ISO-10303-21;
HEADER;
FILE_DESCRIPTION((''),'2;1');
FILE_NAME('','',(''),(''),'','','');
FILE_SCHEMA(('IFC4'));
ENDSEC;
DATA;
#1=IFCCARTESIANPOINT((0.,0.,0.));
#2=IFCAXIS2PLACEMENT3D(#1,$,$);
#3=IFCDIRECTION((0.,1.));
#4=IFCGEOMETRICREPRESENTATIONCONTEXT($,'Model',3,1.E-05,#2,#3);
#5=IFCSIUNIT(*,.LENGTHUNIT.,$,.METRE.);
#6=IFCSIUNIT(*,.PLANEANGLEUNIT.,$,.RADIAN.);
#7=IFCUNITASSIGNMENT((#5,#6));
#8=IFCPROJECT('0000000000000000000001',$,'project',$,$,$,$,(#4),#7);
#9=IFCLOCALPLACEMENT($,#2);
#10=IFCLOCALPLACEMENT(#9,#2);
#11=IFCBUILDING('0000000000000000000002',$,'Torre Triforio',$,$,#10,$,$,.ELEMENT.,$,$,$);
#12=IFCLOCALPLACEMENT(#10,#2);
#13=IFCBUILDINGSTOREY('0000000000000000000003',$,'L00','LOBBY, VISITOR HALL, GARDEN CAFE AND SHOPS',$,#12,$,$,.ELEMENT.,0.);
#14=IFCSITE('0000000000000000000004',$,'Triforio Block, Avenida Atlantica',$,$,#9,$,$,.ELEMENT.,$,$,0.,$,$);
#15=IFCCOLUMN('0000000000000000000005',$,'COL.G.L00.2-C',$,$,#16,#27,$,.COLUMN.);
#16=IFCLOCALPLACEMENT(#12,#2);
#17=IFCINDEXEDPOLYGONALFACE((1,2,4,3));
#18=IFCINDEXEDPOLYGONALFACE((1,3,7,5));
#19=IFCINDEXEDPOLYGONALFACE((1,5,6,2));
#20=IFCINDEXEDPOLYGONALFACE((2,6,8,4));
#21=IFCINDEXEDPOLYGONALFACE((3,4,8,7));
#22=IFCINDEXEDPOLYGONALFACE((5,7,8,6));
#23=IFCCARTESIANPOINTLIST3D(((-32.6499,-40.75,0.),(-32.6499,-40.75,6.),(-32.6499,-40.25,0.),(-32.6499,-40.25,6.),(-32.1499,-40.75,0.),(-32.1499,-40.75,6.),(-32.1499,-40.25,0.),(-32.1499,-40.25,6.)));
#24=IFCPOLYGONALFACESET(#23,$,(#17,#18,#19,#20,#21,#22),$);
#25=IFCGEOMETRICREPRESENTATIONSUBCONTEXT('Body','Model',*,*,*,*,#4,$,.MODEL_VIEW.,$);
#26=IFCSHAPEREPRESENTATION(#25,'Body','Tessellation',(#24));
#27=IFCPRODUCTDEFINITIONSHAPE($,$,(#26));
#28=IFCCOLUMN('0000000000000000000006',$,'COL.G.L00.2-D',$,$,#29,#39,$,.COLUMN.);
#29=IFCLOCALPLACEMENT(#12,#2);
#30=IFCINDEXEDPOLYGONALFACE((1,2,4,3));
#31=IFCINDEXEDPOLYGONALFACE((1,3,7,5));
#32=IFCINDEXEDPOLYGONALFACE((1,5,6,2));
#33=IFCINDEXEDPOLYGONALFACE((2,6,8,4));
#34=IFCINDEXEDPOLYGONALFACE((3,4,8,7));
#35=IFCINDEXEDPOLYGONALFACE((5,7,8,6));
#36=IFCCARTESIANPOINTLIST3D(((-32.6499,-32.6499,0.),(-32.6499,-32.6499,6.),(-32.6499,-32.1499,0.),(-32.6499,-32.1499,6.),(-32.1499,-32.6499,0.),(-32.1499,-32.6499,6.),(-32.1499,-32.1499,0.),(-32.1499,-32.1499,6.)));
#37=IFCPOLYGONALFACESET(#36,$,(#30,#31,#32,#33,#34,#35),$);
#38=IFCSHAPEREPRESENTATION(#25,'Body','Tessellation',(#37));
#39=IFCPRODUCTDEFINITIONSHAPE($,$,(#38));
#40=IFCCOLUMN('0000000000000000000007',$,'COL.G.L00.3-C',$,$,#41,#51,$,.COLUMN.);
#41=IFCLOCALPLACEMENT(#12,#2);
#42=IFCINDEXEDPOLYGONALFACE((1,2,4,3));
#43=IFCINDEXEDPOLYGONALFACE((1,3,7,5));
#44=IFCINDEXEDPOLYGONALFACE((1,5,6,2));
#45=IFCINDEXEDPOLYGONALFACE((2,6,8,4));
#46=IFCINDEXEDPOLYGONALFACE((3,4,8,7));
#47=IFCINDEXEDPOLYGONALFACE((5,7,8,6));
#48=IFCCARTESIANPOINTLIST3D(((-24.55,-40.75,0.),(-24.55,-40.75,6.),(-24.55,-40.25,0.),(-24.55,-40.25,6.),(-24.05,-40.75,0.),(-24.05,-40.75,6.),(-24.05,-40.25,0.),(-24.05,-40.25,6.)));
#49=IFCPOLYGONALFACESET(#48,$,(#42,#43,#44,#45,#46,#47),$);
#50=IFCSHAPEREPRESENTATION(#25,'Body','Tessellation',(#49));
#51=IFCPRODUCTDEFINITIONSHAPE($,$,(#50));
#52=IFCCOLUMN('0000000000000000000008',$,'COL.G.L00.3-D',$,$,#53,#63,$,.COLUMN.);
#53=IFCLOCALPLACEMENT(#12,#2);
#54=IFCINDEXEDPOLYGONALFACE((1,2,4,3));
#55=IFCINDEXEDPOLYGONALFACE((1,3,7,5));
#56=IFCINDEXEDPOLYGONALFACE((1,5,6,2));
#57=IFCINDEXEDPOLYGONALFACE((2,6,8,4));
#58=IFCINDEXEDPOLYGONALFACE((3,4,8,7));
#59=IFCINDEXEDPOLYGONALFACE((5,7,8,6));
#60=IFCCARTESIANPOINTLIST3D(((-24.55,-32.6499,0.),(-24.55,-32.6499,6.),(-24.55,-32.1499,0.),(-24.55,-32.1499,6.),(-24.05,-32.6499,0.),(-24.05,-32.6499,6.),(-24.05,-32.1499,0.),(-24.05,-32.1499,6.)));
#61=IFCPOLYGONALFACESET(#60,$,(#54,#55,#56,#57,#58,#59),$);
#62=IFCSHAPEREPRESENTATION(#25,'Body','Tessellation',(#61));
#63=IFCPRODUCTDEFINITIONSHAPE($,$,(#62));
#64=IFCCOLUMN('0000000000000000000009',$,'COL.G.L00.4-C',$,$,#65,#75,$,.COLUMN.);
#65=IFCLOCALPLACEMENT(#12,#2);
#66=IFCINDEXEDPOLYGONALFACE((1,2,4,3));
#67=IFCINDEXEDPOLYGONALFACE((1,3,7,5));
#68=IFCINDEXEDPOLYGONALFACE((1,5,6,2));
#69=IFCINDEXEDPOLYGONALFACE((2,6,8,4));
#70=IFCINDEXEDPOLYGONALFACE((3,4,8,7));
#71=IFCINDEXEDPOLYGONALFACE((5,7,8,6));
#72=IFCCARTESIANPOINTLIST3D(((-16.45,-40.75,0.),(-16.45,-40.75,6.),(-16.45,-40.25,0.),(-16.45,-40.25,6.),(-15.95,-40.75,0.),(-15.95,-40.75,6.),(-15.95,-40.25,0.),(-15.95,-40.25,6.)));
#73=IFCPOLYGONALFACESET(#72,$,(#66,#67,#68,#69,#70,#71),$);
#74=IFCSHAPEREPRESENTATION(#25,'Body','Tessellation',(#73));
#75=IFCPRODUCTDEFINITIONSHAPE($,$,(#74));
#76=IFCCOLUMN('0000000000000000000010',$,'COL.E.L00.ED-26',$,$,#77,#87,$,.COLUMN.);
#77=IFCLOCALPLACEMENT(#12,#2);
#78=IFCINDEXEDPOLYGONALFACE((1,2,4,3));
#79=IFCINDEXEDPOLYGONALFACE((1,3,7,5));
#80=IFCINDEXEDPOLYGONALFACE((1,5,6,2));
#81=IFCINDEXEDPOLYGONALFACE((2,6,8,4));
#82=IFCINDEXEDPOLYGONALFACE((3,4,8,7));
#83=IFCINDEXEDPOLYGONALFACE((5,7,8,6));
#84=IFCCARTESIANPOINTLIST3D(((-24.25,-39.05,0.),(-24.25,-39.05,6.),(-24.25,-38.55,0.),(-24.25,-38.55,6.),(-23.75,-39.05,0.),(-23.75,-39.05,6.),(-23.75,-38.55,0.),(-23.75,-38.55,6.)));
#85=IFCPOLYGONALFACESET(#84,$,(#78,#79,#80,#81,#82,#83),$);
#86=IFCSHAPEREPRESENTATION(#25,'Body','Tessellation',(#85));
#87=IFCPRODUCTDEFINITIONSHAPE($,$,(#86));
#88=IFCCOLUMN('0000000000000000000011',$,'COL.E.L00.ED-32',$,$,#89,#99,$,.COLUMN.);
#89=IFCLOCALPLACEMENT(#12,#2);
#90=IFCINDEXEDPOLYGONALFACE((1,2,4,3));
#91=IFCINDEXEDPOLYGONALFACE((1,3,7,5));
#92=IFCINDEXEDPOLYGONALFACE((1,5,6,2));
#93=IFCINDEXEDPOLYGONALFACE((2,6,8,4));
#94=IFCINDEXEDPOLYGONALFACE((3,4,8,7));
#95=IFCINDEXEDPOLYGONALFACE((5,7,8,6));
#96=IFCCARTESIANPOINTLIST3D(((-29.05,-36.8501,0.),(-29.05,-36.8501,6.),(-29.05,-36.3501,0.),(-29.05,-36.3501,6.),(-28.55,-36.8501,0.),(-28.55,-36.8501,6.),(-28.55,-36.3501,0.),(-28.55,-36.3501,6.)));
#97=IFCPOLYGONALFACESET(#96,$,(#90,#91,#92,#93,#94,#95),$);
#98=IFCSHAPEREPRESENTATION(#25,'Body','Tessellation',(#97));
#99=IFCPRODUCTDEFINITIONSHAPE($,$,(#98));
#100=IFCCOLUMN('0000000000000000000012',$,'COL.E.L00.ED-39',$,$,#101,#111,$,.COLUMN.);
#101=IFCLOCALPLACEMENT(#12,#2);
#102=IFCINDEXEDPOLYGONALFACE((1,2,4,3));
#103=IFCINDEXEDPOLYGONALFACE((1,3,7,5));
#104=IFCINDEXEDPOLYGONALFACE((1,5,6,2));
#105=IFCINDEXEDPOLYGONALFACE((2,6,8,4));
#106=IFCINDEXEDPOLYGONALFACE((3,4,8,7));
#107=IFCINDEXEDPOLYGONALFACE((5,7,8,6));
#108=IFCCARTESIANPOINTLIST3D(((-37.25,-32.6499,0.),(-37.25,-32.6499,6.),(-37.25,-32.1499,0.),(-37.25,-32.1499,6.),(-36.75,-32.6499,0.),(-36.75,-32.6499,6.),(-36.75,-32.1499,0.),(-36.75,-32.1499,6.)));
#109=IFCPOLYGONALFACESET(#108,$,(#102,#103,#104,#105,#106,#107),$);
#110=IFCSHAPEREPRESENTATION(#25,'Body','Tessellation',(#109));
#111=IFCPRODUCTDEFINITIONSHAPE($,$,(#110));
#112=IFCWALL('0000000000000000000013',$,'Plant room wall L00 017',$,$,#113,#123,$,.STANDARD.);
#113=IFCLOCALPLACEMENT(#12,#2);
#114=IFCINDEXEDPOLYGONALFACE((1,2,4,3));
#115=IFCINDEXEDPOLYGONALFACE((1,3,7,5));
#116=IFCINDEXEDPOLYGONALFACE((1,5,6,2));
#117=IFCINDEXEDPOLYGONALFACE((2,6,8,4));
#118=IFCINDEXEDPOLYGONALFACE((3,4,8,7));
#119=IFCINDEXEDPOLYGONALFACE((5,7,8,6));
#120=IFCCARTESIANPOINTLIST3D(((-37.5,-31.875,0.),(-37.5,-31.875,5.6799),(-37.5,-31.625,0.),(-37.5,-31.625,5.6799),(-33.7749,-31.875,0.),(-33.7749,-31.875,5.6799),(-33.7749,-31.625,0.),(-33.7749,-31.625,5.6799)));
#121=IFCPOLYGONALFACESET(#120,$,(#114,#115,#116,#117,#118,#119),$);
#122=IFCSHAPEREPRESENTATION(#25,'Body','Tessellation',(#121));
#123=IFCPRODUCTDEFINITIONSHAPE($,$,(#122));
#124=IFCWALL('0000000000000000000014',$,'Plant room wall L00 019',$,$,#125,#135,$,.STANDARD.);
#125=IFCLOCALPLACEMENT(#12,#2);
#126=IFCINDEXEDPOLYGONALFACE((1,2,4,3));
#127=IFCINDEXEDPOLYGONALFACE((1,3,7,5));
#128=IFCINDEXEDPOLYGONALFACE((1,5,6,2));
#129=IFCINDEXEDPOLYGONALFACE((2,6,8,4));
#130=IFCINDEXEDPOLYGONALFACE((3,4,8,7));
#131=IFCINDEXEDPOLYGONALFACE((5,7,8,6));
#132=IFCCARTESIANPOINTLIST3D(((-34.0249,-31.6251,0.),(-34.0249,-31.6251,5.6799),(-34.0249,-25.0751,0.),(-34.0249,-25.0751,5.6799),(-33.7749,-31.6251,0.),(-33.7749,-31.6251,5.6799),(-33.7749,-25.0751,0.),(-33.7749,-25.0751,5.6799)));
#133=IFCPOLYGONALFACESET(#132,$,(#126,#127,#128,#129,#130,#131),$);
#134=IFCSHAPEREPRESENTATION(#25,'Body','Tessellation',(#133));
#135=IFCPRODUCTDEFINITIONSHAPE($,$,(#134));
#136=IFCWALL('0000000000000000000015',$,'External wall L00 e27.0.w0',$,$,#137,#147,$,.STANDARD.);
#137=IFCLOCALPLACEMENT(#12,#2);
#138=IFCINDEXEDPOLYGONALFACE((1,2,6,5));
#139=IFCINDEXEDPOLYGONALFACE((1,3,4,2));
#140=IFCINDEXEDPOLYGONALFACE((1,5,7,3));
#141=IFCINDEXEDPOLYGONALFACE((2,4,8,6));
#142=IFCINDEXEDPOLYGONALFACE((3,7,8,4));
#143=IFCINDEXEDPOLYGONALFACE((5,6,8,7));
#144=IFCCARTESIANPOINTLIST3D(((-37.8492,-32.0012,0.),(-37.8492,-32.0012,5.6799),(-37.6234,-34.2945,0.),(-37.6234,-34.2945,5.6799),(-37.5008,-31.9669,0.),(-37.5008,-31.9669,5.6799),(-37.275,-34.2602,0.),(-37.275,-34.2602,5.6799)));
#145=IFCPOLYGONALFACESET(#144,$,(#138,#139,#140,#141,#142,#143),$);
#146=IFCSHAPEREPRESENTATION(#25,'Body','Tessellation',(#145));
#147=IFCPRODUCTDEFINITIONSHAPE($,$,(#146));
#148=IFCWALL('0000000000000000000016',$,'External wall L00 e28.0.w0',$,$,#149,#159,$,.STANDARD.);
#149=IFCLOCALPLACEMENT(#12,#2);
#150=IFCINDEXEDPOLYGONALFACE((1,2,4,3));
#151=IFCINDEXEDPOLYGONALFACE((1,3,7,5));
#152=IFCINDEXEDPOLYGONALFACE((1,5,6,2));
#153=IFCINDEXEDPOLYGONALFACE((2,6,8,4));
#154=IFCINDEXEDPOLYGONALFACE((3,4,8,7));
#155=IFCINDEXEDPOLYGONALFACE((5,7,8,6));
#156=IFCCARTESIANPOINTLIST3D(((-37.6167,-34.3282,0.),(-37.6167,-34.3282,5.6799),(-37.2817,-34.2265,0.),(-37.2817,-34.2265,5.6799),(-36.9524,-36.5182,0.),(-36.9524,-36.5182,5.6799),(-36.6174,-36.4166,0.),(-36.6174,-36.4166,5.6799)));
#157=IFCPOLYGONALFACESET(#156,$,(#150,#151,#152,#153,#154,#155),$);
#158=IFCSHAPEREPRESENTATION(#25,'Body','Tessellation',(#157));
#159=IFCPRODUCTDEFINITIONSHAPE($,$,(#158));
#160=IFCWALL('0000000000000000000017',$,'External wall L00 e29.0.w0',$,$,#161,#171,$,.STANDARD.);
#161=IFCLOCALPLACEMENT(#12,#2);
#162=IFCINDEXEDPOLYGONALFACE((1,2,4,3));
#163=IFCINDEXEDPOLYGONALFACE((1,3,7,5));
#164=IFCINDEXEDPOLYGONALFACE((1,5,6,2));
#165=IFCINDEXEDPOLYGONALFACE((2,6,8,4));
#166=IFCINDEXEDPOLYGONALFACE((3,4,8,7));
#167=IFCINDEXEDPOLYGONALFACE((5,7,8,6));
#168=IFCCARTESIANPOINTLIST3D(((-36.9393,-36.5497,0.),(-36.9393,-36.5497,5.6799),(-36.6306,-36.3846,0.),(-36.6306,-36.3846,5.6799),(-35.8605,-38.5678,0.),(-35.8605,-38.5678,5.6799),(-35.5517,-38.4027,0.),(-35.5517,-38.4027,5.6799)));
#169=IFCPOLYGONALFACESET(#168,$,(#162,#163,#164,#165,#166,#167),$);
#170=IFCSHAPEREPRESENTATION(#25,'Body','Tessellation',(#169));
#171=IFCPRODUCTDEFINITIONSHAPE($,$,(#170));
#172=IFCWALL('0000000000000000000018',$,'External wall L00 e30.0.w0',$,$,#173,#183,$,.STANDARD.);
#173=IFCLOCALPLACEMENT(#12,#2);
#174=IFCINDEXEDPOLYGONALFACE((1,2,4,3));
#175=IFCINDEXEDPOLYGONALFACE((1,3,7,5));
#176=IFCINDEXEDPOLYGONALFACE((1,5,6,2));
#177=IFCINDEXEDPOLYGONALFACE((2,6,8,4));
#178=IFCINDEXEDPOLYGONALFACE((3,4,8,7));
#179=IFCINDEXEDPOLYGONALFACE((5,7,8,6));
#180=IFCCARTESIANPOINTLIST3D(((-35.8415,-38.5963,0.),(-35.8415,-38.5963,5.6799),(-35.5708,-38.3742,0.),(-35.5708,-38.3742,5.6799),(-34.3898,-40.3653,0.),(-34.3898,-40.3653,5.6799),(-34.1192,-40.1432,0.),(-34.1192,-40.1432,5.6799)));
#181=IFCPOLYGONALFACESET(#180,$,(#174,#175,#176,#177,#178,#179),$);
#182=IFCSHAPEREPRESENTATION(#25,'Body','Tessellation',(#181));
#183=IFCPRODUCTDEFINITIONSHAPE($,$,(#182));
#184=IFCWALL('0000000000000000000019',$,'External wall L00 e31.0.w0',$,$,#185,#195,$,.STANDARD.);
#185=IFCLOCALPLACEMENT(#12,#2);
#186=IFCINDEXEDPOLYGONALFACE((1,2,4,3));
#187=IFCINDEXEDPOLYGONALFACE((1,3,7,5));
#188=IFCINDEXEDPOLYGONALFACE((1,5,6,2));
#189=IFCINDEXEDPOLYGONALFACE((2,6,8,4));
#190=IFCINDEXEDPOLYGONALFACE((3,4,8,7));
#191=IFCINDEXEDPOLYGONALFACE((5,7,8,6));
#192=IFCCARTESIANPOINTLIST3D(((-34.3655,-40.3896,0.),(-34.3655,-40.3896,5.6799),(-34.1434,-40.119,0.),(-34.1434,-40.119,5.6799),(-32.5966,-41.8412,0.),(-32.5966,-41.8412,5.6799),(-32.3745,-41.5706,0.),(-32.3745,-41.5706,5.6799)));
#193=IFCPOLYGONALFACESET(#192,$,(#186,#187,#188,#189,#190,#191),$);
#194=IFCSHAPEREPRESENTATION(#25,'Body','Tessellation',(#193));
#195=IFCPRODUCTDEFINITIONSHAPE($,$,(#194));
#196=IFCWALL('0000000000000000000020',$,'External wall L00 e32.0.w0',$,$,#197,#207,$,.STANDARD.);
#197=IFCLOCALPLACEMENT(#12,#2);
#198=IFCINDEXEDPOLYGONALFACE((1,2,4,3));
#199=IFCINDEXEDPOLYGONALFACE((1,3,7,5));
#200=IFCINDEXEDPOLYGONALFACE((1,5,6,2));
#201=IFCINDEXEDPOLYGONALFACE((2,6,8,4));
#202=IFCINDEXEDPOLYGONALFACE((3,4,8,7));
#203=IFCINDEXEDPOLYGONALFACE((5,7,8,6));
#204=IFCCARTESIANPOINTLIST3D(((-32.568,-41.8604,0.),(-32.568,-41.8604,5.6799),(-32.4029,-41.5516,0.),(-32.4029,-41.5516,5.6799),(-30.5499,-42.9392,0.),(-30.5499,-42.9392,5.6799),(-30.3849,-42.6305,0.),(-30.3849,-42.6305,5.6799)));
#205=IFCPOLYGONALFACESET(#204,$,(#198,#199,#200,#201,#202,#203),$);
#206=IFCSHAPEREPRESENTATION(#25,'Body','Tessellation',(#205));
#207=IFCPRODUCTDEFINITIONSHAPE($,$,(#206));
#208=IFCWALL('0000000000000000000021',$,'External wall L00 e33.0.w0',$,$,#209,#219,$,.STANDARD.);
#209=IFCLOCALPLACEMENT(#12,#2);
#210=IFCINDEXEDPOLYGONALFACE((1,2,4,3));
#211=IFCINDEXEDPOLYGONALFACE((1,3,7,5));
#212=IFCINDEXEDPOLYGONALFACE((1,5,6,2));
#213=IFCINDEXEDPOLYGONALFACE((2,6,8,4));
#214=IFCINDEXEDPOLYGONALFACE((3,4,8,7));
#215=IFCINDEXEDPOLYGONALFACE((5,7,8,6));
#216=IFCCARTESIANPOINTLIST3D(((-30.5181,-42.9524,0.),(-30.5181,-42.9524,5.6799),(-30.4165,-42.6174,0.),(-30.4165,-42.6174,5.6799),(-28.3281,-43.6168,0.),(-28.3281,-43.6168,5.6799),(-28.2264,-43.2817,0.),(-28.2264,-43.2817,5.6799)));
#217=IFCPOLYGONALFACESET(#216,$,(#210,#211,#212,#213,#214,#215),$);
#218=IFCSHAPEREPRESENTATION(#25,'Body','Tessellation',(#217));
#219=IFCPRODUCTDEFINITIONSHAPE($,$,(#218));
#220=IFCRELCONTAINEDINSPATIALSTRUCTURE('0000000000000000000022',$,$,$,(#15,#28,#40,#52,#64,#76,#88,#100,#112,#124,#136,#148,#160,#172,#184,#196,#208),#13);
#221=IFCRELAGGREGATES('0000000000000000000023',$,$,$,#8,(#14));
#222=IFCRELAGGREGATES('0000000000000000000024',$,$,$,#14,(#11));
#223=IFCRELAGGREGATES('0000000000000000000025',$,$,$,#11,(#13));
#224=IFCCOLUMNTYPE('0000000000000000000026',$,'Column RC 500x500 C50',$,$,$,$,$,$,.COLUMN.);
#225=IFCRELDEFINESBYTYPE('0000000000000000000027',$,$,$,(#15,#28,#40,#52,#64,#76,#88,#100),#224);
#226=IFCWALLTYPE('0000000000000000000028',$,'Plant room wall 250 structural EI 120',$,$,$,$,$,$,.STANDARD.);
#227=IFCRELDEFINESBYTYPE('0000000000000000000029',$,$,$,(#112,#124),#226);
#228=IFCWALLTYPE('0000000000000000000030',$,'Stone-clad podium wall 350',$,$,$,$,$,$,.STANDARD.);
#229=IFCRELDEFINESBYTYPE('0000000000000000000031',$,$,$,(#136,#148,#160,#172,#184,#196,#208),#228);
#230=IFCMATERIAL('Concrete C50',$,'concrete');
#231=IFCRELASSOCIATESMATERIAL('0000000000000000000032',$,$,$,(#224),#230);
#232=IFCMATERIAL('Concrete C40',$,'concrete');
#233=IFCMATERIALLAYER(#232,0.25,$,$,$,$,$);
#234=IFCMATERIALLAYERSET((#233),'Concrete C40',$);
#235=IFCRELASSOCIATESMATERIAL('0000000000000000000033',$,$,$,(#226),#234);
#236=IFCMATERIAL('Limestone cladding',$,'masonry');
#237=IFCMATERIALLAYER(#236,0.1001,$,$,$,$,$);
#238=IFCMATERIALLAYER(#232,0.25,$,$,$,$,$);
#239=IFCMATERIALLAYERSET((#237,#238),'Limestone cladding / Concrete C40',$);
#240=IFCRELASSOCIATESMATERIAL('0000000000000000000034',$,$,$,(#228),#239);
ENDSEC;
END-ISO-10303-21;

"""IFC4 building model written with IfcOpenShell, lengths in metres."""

from ifc_helpers import new_model, si_unit, direction, frame, frame_2d, origin, origin_2d, place, context, subcontext, project, spatial, rectangle, extrude, material, layer, layer_set, material_profile, profile_set, type_object, element, save


model = new_model("IFC4")

# Units and contexts
model_context = context("Model", 3, precision=1e-05, world=origin(), true_north=direction((0.0, 1.0)))
body_context = subcontext(model_context, "Body", "Model", "MODEL_VIEW")
ifc_project = project(units=[si_unit("LENGTHUNIT", "METRE"), si_unit("PLANEANGLEUNIT", "RADIAN")], contexts=[model_context])

# Site, building, storey
site_placement = place(None, origin())
site = spatial("IfcSite", under=ifc_project, at=site_placement, Name="Triforio Block, Avenida Atlantica", CompositionType="ELEMENT", RefElevation=0.0)
building_placement = place(site_placement, origin())
building = spatial("IfcBuilding", under=site, at=building_placement, Name="Torre Triforio", CompositionType="ELEMENT")
storey_placement = place(building_placement, origin())
storey = spatial("IfcBuildingStorey", under=building, at=storey_placement, Name="L00", Description="LOBBY, VISITOR HALL, GARDEN CAFE AND SHOPS", CompositionType="ELEMENT", Elevation=0.0)

# Columns
ifc_material_1 = material(Name="Concrete C50", Category="concrete")
ifc_material_profile = material_profile(ifc_material_1, rectangle(XDim=0.5, YDim=0.5, at=origin_2d()), Name="RC 500x500")
ifc_profile_set = profile_set([ifc_material_profile], Name="Concrete C50")
column_type = type_object("IfcColumnType", Name="Column RC 500x500 C50", PredefinedType="COLUMN", material=ifc_profile_set)
for number, where, z_axis, x_axis, name in (
    (1, (-32.3999, -40.5, 0.0), (0.0, 0.0, 1.0), (1.0, 0.0, 0.0), "COL.G.L00.2-C"),
    (2, (-32.3999, -32.3999, 0.0), (0.0, 0.0, 1.0), (1.0, 0.0, 0.0), "COL.G.L00.2-D"),
    (3, (-24.3, -40.5, 0.0), (0.0, 0.0, 1.0), (1.0, 0.0, 0.0), "COL.G.L00.3-C"),
    (4, (-24.3, -32.3999, 0.0), (0.0, 0.0, 1.0), (1.0, 0.0, 0.0), "COL.G.L00.3-D"),
    (5, (-16.2, -40.5, 0.0), (0.0, 0.0, 1.0), (1.0, 0.0, 0.0), "COL.G.L00.4-C"),
    (6, (-24.0, -38.8, 0.0), (0.0, 0.0, 1.0), (1.0, 0.0, 0.0), "COL.E.L00.ED-26"),
    (7, (-28.8, -36.6001, 0.0), (0.0, 0.0, 1.0), (1.0, 0.0, 0.0), "COL.E.L00.ED-32"),
    (8, (-37.0, -32.3999, 0.0), (0.0, 0.0, 1.0), (1.0, 0.0, 0.0), "COL.E.L00.ED-39"),
):
    element("IfcColumn", number, at=place(storey_placement, frame(where, z_axis=z_axis, x_axis=x_axis)), inside=storey, type_object=column_type, Name=name, PredefinedType="COLUMN", context=body_context, shape_type="SweptSolid", body=[
        extrude(rectangle(XDim=0.5, YDim=0.5, at=origin_2d()), origin(), (0.0, 0.0, 1.0), 6.0),
    ])

# Walls
ifc_material_2 = material(Name="Concrete C40", Category="concrete")
ifc_layer_1 = layer(ifc_material_2, 0.25)
ifc_layer_set_1 = layer_set([ifc_layer_1], Name="Concrete C40")
wall_type_1 = type_object("IfcWallType", Name="Plant room wall 250 structural EI 120", PredefinedType="STANDARD", material=ifc_layer_set_1)
wall_1_placement = place(storey_placement, frame((-37.5, -31.75, 0.0), z_axis=(0.0, 0.0, 1.0), x_axis=(1.0, 0.0, 0.0)))
element("IfcWall", 9, at=wall_1_placement, inside=storey, type_object=wall_type_1, Name="Plant room wall L00 017", PredefinedType="STANDARD", context=body_context, shape_type="SweptSolid", body=[
    extrude(rectangle(XDim=3.7251, YDim=0.25, at=frame_2d((1.8625, 0.0))), origin(), (0.0, 0.0, 1.0), 5.6799),
])
wall_2_placement = place(storey_placement, frame((-33.8999, -31.625, 0.0), z_axis=(0.0, 0.0, 1.0), x_axis=(0.0, 1.0, 0.0)))
element("IfcWall", 10, at=wall_2_placement, inside=storey, type_object=wall_type_1, Name="Plant room wall L00 019", PredefinedType="STANDARD", context=body_context, shape_type="SweptSolid", body=[
    extrude(rectangle(XDim=6.55, YDim=0.25, at=frame_2d((3.2749, 0.0))), origin(), (0.0, 0.0, 1.0), 5.6799),
])
ifc_material_3 = material(Name="Limestone cladding", Category="masonry")
ifc_layer_2 = layer(ifc_material_3, 0.1001)
ifc_layer_3 = layer(ifc_material_2, 0.25)
ifc_layer_set_2 = layer_set([ifc_layer_2, ifc_layer_3], Name="Limestone cladding / Concrete C40")
wall_type_2 = type_object("IfcWallType", Name="Stone-clad podium wall 350", PredefinedType="STANDARD", material=ifc_layer_set_2)
wall_3_placement = place(storey_placement, frame((-37.675, -31.9839, 0.0), z_axis=(0.0, 0.0, 1.0), x_axis=(0.097993, -0.995187, 0.0)))
element("IfcWall", 11, at=wall_3_placement, inside=storey, type_object=wall_type_2, Name="External wall L00 e27.0.w0", PredefinedType="STANDARD", context=body_context, shape_type="SweptSolid", body=[
    extrude(rectangle(XDim=2.3044, YDim=0.3501, at=frame_2d((1.1523, 0.0))), origin(), (0.0, 0.0, 1.0), 5.6799),
])
wall_4_placement = place(storey_placement, frame((-37.4492, -34.2773, 0.0), z_axis=(0.0, 0.0, 1.0), x_axis=(0.290283, -0.956941, 0.0)))
element("IfcWall", 12, at=wall_4_placement, inside=storey, type_object=wall_type_2, Name="External wall L00 e28.0.w0", PredefinedType="STANDARD", context=body_context, shape_type="SweptSolid", body=[
    extrude(rectangle(XDim=2.2886, YDim=0.3501, at=frame_2d((1.1443, 0.0))), origin(), (0.0, 0.0, 1.0), 5.6799),
])
for number, where, z_axis, x_axis, name in (
    (13, (-36.7849, -36.4673, 0.0), (0.0, 0.0, 1.0), (0.471457, -0.881889, 0.0), "External wall L00 e29.0.w0"),
    (14, (-35.7061, -38.4854, 0.0), (0.0, 0.0, 1.0), (0.634353, -0.773044, 0.0), "External wall L00 e30.0.w0"),
    (15, (-34.2544, -40.2544, 0.0), (0.0, 0.0, 1.0), (0.773044, -0.634353, 0.0), "External wall L00 e31.0.w0"),
    (16, (-32.4854, -41.7061, 0.0), (0.0, 0.0, 1.0), (0.881889, -0.471457, 0.0), "External wall L00 e32.0.w0"),
):
    element("IfcWall", number, at=place(storey_placement, frame(where, z_axis=z_axis, x_axis=x_axis)), inside=storey, type_object=wall_type_2, Name=name, PredefinedType="STANDARD", context=body_context, shape_type="SweptSolid", body=[
        extrude(rectangle(XDim=2.2883, YDim=0.3501, at=frame_2d((1.144, 0.0))), origin(), (0.0, 0.0, 1.0), 5.6799),
    ])
wall_5_placement = place(storey_placement, frame((-30.4673, -42.7849, 0.0), z_axis=(0.0, 0.0, 1.0), x_axis=(0.956941, -0.290283, 0.0)))
element("IfcWall", 17, at=wall_5_placement, inside=storey, type_object=wall_type_2, Name="External wall L00 e33.0.w0", PredefinedType="STANDARD", context=body_context, shape_type="SweptSolid", body=[
    extrude(rectangle(XDim=2.2886, YDim=0.3501, at=frame_2d((1.1443, 0.0))), origin(), (0.0, 0.0, 1.0), 5.6799),
])

save(model, "model.ifc")
